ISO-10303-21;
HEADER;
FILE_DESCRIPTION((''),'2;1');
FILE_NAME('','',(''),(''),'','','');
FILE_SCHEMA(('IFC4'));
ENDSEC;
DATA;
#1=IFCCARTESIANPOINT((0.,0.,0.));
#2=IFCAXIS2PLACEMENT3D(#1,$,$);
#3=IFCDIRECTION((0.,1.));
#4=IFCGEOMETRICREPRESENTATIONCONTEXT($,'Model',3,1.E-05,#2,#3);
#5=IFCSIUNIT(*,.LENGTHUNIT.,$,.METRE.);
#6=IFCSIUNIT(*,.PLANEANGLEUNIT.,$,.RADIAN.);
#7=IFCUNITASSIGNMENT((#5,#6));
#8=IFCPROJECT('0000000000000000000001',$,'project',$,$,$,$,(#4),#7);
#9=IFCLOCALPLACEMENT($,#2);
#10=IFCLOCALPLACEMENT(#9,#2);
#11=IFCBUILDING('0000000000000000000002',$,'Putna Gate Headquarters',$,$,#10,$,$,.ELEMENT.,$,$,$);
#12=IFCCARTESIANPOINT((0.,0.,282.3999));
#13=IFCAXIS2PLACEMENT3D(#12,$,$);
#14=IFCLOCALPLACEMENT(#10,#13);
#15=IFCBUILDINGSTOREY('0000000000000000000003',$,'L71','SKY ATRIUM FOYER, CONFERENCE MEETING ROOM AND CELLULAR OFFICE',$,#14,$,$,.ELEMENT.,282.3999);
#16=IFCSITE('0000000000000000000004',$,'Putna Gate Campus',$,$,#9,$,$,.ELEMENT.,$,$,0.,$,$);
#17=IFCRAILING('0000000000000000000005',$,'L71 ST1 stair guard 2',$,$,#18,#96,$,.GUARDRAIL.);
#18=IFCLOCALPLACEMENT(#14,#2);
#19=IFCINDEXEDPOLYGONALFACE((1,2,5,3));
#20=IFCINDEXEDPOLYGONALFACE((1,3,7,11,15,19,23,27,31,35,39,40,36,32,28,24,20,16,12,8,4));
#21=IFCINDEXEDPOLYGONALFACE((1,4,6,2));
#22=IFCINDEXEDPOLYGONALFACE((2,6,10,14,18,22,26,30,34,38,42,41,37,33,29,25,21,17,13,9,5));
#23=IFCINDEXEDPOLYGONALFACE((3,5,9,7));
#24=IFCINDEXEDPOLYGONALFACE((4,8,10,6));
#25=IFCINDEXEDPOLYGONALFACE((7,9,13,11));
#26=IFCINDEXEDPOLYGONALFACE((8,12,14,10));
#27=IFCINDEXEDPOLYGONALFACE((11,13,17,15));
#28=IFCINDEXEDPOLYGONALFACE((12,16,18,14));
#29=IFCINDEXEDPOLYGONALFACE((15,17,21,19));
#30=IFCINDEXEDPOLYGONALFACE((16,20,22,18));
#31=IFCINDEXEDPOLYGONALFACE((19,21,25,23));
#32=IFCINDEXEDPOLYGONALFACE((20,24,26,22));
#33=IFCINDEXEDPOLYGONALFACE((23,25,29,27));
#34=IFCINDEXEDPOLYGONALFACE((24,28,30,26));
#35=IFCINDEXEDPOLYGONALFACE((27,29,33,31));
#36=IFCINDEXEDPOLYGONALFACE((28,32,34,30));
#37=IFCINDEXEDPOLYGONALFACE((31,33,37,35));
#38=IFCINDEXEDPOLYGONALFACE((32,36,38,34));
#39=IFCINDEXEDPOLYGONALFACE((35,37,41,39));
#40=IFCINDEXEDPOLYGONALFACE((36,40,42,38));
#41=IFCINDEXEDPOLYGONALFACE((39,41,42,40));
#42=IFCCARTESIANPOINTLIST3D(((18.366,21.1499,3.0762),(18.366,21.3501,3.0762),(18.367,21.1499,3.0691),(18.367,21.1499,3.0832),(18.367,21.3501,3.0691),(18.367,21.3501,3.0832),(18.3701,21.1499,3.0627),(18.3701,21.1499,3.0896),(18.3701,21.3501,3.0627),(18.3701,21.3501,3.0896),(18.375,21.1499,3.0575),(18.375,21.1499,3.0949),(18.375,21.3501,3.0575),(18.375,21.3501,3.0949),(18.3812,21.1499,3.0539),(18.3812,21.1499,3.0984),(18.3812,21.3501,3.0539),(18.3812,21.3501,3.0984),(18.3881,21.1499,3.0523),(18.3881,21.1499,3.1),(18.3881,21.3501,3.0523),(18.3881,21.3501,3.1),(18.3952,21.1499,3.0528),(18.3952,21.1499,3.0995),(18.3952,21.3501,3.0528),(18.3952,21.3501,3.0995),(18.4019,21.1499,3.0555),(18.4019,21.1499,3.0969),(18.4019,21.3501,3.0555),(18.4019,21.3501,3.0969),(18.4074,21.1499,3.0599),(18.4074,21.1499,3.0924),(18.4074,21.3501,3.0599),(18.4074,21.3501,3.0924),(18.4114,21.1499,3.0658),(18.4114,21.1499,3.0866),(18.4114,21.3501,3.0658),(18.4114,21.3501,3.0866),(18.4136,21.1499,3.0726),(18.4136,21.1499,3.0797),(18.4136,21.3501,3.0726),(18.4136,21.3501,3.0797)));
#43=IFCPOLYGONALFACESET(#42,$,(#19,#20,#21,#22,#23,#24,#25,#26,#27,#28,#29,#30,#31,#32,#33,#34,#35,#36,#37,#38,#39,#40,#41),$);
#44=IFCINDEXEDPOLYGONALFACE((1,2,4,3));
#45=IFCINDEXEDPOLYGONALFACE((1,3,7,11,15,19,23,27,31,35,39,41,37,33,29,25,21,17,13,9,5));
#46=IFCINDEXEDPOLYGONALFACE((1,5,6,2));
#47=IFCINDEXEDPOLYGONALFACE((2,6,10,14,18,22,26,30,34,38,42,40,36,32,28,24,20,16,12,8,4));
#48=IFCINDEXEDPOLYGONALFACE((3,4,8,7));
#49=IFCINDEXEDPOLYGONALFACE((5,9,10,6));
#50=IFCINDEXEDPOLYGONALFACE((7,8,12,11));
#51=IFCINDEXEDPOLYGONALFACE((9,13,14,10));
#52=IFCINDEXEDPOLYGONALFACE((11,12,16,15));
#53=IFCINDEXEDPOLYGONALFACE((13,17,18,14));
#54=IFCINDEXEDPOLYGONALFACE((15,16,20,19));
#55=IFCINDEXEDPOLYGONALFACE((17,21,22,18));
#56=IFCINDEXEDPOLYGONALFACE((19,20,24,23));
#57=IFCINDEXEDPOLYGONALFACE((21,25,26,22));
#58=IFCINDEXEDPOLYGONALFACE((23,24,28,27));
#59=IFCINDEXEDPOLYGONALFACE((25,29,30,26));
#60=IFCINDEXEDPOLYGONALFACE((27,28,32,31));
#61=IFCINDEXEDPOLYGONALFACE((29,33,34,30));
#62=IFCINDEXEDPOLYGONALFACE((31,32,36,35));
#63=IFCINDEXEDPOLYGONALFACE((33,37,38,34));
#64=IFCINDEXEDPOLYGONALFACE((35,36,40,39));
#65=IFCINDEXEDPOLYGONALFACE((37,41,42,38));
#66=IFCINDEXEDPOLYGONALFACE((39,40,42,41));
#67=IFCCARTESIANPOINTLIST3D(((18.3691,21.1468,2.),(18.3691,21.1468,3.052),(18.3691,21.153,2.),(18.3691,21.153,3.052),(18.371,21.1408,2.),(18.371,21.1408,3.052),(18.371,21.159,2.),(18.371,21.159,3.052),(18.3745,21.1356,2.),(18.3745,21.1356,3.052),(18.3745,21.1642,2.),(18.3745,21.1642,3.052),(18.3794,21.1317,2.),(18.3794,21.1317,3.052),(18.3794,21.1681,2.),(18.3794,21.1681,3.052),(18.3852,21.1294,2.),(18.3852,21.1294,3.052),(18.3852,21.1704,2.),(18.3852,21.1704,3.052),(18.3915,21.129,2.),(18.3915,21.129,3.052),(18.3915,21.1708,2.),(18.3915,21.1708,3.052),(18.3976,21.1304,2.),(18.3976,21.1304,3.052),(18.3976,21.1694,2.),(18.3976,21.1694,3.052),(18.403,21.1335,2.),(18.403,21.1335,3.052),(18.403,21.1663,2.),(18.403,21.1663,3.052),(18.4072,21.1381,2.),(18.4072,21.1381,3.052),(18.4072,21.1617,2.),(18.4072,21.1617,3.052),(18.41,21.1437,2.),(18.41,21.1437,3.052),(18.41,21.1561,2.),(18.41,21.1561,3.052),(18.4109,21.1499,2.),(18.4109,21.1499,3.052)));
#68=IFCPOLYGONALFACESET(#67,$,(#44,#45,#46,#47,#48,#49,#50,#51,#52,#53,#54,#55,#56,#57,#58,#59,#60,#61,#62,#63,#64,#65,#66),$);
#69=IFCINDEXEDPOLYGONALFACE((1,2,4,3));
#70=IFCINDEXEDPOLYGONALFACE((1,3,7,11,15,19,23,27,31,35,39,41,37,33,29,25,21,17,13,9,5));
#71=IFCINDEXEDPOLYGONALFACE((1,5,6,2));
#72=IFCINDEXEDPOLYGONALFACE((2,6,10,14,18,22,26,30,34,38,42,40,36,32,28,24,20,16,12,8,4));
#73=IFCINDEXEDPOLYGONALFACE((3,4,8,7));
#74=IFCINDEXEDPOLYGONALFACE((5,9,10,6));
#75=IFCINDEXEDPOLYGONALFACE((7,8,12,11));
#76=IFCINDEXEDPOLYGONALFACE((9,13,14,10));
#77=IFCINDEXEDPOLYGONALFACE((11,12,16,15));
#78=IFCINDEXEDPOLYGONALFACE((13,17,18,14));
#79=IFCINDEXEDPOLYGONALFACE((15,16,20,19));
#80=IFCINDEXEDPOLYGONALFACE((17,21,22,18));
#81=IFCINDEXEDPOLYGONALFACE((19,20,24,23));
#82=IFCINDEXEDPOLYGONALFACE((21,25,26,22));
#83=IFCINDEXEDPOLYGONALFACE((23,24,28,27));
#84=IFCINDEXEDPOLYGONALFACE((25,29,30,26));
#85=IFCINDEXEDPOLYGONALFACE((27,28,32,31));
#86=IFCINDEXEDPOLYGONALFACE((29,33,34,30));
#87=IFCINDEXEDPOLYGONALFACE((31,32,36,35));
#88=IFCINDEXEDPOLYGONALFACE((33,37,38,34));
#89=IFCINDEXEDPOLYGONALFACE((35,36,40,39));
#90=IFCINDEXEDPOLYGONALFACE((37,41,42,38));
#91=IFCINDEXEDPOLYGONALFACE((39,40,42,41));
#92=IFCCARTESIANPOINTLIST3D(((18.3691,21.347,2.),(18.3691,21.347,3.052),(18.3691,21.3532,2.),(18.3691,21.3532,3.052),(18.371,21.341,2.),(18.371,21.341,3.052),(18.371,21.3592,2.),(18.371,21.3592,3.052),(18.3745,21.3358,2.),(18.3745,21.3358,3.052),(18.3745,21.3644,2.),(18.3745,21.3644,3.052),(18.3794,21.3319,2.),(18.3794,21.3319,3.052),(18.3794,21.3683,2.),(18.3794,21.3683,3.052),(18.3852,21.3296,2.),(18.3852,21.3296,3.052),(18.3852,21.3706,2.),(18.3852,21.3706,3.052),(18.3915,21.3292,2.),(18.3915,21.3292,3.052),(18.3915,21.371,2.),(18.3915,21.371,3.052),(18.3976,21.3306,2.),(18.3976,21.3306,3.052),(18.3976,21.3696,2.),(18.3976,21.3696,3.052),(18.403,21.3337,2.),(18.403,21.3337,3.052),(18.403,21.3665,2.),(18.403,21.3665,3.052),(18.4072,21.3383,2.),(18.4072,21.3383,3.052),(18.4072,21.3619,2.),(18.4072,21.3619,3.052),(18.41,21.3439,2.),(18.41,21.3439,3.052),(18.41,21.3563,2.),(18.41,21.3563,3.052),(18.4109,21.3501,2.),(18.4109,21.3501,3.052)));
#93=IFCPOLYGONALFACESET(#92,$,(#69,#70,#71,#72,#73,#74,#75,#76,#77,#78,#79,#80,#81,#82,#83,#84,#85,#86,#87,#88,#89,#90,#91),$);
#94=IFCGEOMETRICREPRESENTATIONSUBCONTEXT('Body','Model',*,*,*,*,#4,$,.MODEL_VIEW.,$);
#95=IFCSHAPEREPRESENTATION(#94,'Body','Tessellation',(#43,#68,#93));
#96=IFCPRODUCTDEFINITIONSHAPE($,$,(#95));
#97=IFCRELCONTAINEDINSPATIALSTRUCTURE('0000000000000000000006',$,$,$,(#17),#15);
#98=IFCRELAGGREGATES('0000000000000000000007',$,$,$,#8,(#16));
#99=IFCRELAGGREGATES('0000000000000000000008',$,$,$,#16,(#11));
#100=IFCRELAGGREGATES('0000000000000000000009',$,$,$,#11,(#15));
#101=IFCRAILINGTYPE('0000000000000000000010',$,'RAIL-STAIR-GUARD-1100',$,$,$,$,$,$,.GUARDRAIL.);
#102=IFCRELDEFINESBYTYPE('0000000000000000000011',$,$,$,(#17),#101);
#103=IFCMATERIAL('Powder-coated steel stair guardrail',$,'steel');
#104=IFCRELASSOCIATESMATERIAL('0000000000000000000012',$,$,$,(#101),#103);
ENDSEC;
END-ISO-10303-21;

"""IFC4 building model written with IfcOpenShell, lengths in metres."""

from ifc_helpers import new_model, si_unit, direction, frame, origin, origin_2d, place, context, subcontext, project, spatial, circle, extrude, material, type_object, element, save


model = new_model("IFC4")

# Units and contexts
model_context = context("Model", 3, precision=1e-05, world=origin(), true_north=direction((0.0, 1.0)))
body_context = subcontext(model_context, "Body", "Model", "MODEL_VIEW")
ifc_project = project(units=[si_unit("LENGTHUNIT", "METRE"), si_unit("PLANEANGLEUNIT", "RADIAN")], contexts=[model_context])

# Site, building, storey
site_placement = place(None, origin())
site = spatial("IfcSite", under=ifc_project, at=site_placement, Name="Putna Gate Campus", CompositionType="ELEMENT", RefElevation=0.0)
building_placement = place(site_placement, origin())
building = spatial("IfcBuilding", under=site, at=building_placement, Name="Putna Gate Headquarters", CompositionType="ELEMENT")
storey_placement = place(building_placement, frame((0.0, 0.0, 282.3999)))
storey = spatial("IfcBuildingStorey", under=building, at=storey_placement, Name="L71", Description="SKY ATRIUM FOYER, CONFERENCE MEETING ROOM AND CELLULAR OFFICE", CompositionType="ELEMENT", Elevation=282.3999)

# Railing
ifc_material_1 = material(Name="Powder-coated steel stair guardrail", Category="steel")
railing_type_1 = type_object("IfcRailingType", Name="RAIL-STAIR-GUARD-1100", PredefinedType="GUARDRAIL", material=ifc_material_1)
railing_1_placement = place(storey_placement, frame((18.3899, 21.1499, 2.0)))
element("IfcRailing", 1, at=railing_1_placement, inside=storey, type_object=railing_type_1, Name="L71 ST1 stair guard 2", PredefinedType="GUARDRAIL", context=body_context, shape_type="SweptSolid", body=[
    extrude(circle(Radius=0.0239, at=origin_2d()), frame((0.0, 0.0, 1.0762), z_axis=(0.0, 1.0, 0.0), x_axis=(-1.0, 0.0, 0.0)), (0.0, 0.0, 1.0), 0.2002),
    extrude(circle(Radius=0.021, at=origin_2d()), origin(), (0.0, 0.0, 1.0), 1.052),
    extrude(circle(Radius=0.021, at=origin_2d()), frame((0.0, 0.2002, 0.0)), (0.0, 0.0, 1.0), 1.052),
])

save(model, "model.ifc")
